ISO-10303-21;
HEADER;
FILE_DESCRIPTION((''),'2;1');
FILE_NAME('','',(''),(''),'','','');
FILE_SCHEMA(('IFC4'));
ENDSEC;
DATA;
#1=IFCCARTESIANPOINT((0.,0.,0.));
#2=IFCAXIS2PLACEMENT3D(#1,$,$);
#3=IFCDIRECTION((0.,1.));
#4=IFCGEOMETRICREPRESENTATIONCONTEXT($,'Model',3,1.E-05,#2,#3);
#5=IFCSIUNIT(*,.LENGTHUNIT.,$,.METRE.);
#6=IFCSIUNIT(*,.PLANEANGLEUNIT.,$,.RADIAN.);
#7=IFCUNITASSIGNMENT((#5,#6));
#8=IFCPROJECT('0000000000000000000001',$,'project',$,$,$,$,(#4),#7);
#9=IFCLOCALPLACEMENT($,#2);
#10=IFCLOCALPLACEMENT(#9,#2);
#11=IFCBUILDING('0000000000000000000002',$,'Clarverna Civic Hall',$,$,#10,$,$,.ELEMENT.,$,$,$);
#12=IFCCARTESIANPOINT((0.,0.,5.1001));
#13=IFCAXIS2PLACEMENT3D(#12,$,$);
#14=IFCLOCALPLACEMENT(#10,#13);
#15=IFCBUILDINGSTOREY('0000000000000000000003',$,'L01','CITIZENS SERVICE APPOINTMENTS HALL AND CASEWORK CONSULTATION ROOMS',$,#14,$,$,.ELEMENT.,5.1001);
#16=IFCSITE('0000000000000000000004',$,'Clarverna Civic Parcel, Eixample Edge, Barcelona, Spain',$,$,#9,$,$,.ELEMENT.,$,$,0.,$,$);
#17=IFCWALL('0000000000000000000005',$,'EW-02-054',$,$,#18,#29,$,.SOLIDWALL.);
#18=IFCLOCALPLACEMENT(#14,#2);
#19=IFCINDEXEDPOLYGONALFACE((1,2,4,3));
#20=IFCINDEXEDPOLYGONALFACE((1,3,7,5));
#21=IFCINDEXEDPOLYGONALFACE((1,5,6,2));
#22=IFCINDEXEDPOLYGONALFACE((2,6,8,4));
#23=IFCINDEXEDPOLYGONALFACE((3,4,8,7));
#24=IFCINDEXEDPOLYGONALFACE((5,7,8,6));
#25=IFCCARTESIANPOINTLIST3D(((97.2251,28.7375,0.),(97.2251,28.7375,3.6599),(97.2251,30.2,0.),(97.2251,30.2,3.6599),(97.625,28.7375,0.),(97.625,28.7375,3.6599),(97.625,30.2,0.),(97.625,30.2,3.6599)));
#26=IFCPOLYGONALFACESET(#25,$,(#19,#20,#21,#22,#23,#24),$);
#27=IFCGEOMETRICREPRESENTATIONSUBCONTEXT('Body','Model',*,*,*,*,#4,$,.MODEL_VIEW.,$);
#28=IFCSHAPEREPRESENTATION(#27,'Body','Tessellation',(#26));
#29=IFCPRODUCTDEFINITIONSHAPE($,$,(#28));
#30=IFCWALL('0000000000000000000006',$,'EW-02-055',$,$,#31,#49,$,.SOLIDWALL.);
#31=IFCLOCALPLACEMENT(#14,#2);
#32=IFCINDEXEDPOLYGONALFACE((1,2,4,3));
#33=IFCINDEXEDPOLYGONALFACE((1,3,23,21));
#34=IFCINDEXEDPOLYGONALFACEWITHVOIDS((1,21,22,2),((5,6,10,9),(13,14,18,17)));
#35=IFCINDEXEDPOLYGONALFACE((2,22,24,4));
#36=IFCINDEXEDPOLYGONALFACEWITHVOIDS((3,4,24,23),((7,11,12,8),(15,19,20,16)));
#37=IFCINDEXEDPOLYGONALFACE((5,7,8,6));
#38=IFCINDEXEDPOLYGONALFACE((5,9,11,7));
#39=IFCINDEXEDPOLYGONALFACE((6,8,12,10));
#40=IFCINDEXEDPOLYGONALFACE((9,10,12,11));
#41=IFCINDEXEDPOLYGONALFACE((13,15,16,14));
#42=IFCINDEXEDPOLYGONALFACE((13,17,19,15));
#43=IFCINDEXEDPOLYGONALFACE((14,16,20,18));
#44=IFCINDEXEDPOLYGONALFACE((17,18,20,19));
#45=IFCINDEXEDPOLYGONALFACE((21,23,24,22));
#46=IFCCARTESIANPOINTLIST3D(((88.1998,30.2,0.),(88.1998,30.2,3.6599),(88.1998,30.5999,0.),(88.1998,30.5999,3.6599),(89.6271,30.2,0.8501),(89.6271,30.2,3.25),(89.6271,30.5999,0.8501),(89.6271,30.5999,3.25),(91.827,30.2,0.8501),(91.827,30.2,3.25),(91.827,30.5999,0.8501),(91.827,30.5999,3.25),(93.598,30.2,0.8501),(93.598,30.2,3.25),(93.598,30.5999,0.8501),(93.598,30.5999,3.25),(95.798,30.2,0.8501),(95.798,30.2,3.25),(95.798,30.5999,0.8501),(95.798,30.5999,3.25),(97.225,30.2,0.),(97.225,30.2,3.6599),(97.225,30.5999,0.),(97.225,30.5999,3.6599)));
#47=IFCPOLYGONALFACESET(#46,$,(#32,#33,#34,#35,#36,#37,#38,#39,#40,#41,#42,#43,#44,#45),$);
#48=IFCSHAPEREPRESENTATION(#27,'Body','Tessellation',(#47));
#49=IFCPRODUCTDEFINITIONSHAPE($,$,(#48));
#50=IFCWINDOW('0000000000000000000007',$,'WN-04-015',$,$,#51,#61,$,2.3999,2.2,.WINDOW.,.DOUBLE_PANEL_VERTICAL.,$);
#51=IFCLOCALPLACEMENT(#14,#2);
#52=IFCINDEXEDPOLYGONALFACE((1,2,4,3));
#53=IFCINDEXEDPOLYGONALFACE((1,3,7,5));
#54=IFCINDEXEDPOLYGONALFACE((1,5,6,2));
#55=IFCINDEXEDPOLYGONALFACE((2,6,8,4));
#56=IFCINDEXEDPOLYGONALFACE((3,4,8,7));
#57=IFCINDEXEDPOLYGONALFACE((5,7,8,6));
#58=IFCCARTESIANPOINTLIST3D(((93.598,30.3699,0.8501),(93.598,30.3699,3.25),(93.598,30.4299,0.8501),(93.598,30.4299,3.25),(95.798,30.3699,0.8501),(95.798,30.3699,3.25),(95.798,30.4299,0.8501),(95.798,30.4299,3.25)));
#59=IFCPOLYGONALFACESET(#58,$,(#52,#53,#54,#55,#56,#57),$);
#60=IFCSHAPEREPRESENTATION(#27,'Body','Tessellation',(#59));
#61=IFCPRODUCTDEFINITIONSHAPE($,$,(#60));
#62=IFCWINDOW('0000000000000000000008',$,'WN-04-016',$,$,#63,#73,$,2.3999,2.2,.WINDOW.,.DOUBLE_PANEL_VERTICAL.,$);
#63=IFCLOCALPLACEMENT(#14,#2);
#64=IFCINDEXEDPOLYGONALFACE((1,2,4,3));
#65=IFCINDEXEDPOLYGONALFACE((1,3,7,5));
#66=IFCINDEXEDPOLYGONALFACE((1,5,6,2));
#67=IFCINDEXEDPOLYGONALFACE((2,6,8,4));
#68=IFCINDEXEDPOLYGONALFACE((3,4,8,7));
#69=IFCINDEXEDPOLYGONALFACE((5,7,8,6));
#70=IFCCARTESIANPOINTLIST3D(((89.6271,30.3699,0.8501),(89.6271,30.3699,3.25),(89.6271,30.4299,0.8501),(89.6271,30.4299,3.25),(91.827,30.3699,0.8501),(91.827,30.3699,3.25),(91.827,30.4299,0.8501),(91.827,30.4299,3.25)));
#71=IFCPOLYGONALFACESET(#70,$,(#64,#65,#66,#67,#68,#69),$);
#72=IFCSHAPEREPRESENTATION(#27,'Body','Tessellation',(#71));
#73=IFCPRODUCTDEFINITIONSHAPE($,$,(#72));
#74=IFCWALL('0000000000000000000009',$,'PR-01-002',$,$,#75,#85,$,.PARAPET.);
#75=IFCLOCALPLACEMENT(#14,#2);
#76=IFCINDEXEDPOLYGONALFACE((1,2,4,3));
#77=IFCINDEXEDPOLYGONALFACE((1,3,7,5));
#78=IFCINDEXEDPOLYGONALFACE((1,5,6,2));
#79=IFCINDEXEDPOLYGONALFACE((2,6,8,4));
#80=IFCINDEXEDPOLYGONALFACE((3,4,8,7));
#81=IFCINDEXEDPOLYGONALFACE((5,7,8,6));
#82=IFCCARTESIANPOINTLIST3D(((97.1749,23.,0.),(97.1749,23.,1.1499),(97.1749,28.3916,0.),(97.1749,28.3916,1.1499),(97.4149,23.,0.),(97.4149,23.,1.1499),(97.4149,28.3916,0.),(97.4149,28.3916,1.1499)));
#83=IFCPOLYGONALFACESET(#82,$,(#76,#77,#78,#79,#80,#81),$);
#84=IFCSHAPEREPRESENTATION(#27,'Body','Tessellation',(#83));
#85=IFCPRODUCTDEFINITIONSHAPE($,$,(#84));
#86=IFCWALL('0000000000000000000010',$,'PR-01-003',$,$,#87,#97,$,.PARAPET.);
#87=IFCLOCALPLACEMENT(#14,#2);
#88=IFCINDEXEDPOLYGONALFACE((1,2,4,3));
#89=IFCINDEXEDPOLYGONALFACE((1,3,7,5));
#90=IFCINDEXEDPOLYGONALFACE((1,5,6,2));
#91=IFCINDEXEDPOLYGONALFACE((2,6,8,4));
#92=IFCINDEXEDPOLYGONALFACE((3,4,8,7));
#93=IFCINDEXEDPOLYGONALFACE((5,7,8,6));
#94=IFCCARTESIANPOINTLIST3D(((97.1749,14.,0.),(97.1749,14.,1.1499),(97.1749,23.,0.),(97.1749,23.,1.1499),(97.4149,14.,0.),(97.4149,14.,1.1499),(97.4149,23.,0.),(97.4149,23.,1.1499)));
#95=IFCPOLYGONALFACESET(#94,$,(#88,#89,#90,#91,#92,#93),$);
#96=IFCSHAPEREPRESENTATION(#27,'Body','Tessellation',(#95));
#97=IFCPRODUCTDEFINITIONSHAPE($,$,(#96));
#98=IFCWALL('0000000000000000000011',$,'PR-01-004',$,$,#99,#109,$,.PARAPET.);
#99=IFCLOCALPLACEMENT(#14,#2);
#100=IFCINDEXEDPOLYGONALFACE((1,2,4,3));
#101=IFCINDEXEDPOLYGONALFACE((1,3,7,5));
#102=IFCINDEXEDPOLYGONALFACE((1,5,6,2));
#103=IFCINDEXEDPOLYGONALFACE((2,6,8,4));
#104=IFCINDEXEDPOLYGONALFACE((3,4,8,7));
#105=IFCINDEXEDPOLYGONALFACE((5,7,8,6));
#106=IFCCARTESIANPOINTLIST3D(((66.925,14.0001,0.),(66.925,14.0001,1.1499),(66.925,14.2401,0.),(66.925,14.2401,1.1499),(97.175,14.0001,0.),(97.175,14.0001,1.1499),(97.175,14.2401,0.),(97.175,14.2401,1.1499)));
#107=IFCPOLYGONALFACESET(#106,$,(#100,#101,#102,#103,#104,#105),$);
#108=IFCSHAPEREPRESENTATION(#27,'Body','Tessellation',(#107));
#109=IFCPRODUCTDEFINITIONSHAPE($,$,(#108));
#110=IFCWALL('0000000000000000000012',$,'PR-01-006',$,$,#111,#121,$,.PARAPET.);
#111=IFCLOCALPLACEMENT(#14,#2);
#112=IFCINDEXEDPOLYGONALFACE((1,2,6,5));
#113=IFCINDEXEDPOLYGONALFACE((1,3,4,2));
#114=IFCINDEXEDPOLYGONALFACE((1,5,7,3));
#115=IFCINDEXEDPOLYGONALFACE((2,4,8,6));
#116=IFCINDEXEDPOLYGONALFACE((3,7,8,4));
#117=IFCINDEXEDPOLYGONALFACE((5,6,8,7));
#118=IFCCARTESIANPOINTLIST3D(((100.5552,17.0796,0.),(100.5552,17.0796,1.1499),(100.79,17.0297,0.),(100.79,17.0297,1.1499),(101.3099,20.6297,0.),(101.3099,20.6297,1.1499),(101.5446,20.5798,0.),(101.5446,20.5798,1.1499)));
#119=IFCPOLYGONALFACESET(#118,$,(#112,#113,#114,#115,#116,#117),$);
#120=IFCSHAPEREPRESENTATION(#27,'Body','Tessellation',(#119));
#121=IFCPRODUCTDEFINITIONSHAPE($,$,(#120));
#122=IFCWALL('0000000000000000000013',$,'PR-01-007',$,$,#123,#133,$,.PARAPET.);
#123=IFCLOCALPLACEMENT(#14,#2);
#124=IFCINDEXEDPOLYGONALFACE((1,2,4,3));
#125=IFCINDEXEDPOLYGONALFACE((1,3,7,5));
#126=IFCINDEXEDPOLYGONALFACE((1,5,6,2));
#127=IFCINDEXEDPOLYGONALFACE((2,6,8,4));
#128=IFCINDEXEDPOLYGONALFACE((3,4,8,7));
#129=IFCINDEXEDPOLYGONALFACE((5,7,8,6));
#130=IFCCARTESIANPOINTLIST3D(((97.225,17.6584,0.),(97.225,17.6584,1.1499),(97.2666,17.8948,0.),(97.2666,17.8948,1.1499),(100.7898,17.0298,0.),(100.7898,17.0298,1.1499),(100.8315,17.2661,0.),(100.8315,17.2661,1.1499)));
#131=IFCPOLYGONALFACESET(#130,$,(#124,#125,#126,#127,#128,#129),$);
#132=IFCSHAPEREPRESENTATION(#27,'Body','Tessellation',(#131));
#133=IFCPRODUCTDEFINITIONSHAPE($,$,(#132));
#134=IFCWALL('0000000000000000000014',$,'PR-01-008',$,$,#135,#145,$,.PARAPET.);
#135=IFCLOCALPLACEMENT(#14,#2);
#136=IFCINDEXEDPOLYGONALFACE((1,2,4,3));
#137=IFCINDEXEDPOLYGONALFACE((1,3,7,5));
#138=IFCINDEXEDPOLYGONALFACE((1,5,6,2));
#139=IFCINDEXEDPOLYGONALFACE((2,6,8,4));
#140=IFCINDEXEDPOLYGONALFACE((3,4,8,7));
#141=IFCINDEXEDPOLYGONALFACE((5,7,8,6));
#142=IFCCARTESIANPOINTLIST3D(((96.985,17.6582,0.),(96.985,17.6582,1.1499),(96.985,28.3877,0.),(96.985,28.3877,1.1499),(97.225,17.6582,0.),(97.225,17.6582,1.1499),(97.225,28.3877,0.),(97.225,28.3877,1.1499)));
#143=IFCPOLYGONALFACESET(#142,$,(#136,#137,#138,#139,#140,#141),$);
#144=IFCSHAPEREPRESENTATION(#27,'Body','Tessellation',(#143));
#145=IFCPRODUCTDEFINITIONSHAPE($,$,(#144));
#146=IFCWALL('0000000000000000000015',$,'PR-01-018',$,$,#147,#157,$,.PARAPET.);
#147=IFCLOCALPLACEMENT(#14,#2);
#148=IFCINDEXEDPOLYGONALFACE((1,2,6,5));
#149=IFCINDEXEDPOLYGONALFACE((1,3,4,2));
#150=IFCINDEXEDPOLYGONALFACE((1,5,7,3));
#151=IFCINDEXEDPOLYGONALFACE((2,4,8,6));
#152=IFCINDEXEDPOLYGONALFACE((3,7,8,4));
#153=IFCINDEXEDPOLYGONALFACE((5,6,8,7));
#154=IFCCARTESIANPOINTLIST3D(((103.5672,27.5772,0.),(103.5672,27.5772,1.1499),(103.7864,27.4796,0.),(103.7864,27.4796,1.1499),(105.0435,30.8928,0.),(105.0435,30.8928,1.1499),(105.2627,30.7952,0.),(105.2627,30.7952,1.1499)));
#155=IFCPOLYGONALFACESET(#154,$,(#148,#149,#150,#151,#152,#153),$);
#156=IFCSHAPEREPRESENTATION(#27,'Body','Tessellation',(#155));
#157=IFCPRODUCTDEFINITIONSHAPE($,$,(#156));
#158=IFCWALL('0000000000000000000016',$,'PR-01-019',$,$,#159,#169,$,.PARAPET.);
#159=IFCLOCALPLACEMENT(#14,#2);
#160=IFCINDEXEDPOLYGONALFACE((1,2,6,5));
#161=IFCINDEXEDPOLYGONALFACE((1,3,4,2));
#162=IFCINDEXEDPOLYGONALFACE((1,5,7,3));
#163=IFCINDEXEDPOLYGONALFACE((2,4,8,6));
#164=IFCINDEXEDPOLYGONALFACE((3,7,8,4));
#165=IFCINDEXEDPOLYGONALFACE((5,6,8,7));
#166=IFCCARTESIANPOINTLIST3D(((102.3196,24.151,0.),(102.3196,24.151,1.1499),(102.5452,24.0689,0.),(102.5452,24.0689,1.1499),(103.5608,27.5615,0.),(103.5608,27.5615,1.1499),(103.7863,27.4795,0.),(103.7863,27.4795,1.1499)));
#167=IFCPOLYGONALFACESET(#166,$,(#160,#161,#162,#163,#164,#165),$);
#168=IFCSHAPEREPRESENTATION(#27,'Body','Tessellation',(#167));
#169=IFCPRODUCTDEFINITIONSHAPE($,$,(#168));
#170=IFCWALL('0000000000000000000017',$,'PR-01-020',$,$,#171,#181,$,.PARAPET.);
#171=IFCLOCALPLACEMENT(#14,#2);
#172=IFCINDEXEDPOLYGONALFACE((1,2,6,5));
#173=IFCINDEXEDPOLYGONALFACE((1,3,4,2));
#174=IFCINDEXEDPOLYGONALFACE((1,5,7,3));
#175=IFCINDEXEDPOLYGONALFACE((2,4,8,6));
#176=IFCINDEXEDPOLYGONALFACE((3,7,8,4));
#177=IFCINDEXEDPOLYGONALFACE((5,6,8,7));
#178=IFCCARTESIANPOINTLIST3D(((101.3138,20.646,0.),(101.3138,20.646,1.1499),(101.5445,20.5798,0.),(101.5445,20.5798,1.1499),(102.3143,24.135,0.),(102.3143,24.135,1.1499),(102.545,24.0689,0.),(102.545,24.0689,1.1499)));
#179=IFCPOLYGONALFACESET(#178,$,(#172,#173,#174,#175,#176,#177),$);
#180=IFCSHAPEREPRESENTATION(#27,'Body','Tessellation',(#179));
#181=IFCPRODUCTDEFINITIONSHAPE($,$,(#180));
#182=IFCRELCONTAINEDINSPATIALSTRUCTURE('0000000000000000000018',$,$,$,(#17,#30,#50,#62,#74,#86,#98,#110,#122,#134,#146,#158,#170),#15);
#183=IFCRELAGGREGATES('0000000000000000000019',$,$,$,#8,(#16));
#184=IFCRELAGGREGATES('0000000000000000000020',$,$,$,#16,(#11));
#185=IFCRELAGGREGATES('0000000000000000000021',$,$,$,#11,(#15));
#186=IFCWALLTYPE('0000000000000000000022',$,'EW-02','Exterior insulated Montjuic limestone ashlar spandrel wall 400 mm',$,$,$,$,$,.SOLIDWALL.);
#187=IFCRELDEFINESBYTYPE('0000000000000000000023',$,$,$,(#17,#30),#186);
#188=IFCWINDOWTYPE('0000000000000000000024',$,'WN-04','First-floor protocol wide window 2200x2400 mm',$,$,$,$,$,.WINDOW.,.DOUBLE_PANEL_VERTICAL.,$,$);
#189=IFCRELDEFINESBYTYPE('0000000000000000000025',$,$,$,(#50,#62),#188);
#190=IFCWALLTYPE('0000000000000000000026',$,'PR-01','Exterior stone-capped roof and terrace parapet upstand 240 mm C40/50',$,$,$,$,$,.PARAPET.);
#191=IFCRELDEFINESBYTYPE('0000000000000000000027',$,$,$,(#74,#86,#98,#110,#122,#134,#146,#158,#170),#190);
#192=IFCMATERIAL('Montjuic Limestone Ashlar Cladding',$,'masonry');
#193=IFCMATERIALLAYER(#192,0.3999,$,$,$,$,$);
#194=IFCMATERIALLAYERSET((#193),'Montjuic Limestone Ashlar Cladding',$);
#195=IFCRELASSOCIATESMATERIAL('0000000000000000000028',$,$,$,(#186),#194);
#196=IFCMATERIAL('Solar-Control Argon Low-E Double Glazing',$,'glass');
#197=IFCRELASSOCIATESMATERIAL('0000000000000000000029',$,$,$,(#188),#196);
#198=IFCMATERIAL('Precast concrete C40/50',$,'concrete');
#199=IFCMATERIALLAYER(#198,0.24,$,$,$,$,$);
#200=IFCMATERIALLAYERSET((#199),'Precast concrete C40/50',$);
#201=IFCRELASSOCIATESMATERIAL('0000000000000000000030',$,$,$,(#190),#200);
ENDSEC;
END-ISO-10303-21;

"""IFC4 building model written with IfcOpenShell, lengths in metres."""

from ifc_helpers import new_model, si_unit, direction, frame, frame_2d, origin, place, context, subcontext, project, spatial, rectangle, extrude, material, layer, layer_set, type_object, element, fill, save


model = new_model("IFC4")

# Units and contexts
model_context = context("Model", 3, precision=1e-05, world=origin(), true_north=direction((0.0, 1.0)))
body_context = subcontext(model_context, "Body", "Model", "MODEL_VIEW")
ifc_project = project(units=[si_unit("LENGTHUNIT", "METRE"), si_unit("PLANEANGLEUNIT", "RADIAN")], contexts=[model_context])

# Site, building, storey
site_placement = place(None, origin())
site = spatial("IfcSite", under=ifc_project, at=site_placement, Name="Clarverna Civic Parcel, Eixample Edge, Barcelona, Spain", CompositionType="ELEMENT", RefElevation=0.0)
building_placement = place(site_placement, origin())
building = spatial("IfcBuilding", under=site, at=building_placement, Name="Clarverna Civic Hall", CompositionType="ELEMENT")
storey_placement = place(building_placement, frame((0.0, 0.0, 5.1001)))
storey = spatial("IfcBuildingStorey", under=building, at=storey_placement, Name="L01", Description="CITIZENS SERVICE APPOINTMENTS HALL AND CASEWORK CONSULTATION ROOMS", CompositionType="ELEMENT", Elevation=5.1001)

# Shared definitions
ifc_material_1 = material(Name="Solar-Control Argon Low-E Double Glazing", Category="glass")

# Wall
ifc_material_2 = material(Name="Montjuic Limestone Ashlar Cladding", Category="masonry")
ifc_layer_1 = layer(ifc_material_2, 0.3999)
ifc_layer_set_1 = layer_set([ifc_layer_1], Name="Montjuic Limestone Ashlar Cladding")
wall_type_1 = type_object("IfcWallType", Name="EW-02", Description="Exterior insulated Montjuic limestone ashlar spandrel wall 400 mm", PredefinedType="SOLIDWALL", material=ifc_layer_set_1)
wall_1_placement = place(storey_placement, frame((97.425, 28.7375, 0.0), z_axis=(0.0, 0.0, 1.0), x_axis=(0.0, 1.0, 0.0)))
element("IfcWall", 1, at=wall_1_placement, inside=storey, type_object=wall_type_1, Name="EW-02-054", PredefinedType="SOLIDWALL", context=body_context, shape_type="SweptSolid", body=[
    extrude(rectangle(XDim=1.4624, YDim=0.3999, at=frame_2d((0.7312, 0.0))), origin(), (0.0, 0.0, 1.0), 3.6599),
])

# Wall, openings, windows
wall_2_placement = place(storey_placement, frame((97.2251, 30.3999, 0.0), z_axis=(0.0, 0.0, 1.0), x_axis=(-1.0, 0.0, 0.0)))
wall_2 = element("IfcWall", 2, at=wall_2_placement, inside=storey, type_object=wall_type_1, Name="EW-02-055", PredefinedType="SOLIDWALL", context=body_context, shape_type="SweptSolid", body=[
    extrude(rectangle(XDim=9.0251, YDim=0.3999, at=frame_2d((4.5127, 0.0))), origin(), (0.0, 0.0, 1.0), 3.6599),
])
opening_1_placement = place(wall_2_placement, frame((1.427, 0.0, 0.8501)))
opening_1 = element("IfcOpeningElement", 3, at=opening_1_placement, cuts=wall_2, PredefinedType="OPENING", context=body_context, shape_type="SweptSolid", body=[
    extrude(rectangle(XDim=2.2, YDim=2.3999, at=frame_2d((1.1001, 1.2))), frame((0.0, 0.21, 0.0), z_axis=(0.0, -1.0, 0.0), x_axis=(1.0, 0.0, 0.0)), (0.0, 0.0, 1.0), 0.4199),
])
opening_2_placement = place(wall_2_placement, frame((5.3979, 0.0, 0.8501)))
opening_2 = element("IfcOpeningElement", 4, at=opening_2_placement, cuts=wall_2, PredefinedType="OPENING", context=body_context, shape_type="SweptSolid", body=[
    extrude(rectangle(XDim=2.2, YDim=2.3999, at=frame_2d((1.1001, 1.2))), frame((0.0, 0.21, 0.0), z_axis=(0.0, -1.0, 0.0), x_axis=(1.0, 0.0, 0.0)), (0.0, 0.0, 1.0), 0.4199),
])
window_type = type_object("IfcWindowType", Name="WN-04", Description="First-floor protocol wide window 2200x2400 mm", PartitioningType="DOUBLE_PANEL_VERTICAL", PredefinedType="WINDOW", material=ifc_material_1)
window_1_placement = place(opening_1_placement, origin())
window_1 = element("IfcWindow", 5, at=window_1_placement, inside=storey, type_object=window_type, Name="WN-04-015", OverallHeight=2.3999, OverallWidth=2.2, PartitioningType="DOUBLE_PANEL_VERTICAL", PredefinedType="WINDOW", context=body_context, shape_type="SweptSolid", body=[
    extrude(rectangle(XDim=2.2, YDim=2.3999, at=frame_2d((1.1001, 1.2))), frame((0.0, 0.03, 0.0), z_axis=(0.0, -1.0, 0.0), x_axis=(1.0, 0.0, 0.0)), (0.0, 0.0, 1.0), 0.0601),
])
fill(opening_1, window_1)
window_2_placement = place(opening_2_placement, origin())
window_2 = element("IfcWindow", 6, at=window_2_placement, inside=storey, type_object=window_type, Name="WN-04-016", OverallHeight=2.3999, OverallWidth=2.2, PartitioningType="DOUBLE_PANEL_VERTICAL", PredefinedType="WINDOW", context=body_context, shape_type="SweptSolid", body=[
    extrude(rectangle(XDim=2.2, YDim=2.3999, at=frame_2d((1.1001, 1.2))), frame((0.0, 0.03, 0.0), z_axis=(0.0, -1.0, 0.0), x_axis=(1.0, 0.0, 0.0)), (0.0, 0.0, 1.0), 0.0601),
])
fill(opening_2, window_2)

# Walls
ifc_material_3 = material(Name="Precast concrete C40/50", Category="concrete")
ifc_layer_2 = layer(ifc_material_3, 0.24)
ifc_layer_set_2 = layer_set([ifc_layer_2], Name="Precast concrete C40/50")
wall_type_2 = type_object("IfcWallType", Name="PR-01", Description="Exterior stone-capped roof and terrace parapet upstand 240 mm C40/50", PredefinedType="PARAPET", material=ifc_layer_set_2)
wall_3_placement = place(storey_placement, frame((97.2949, 28.3916, 0.0), z_axis=(0.0, 0.0, 1.0), x_axis=(0.0, -1.0, 0.0)))
element("IfcWall", 7, at=wall_3_placement, inside=storey, type_object=wall_type_2, Name="PR-01-002", PredefinedType="PARAPET", context=body_context, shape_type="SweptSolid", body=[
    extrude(rectangle(XDim=5.3916, YDim=0.24, at=frame_2d((2.6958, 0.0))), origin(), (0.0, 0.0, 1.0), 1.1499),
])
wall_4_placement = place(storey_placement, frame((97.2949, 23.0, 0.0), z_axis=(0.0, 0.0, 1.0), x_axis=(0.0, -1.0, 0.0)))
element("IfcWall", 8, at=wall_4_placement, inside=storey, type_object=wall_type_2, Name="PR-01-003", PredefinedType="PARAPET", context=body_context, shape_type="SweptSolid", body=[
    extrude(rectangle(XDim=9.0, YDim=0.24, at=frame_2d((4.5, 0.0))), origin(), (0.0, 0.0, 1.0), 1.1499),
])
wall_5_placement = place(storey_placement, frame((97.175, 14.1201, 0.0), z_axis=(0.0, 0.0, 1.0), x_axis=(-1.0, 0.0, 0.0)))
element("IfcWall", 9, at=wall_5_placement, inside=storey, type_object=wall_type_2, Name="PR-01-004", PredefinedType="PARAPET", context=body_context, shape_type="SweptSolid", body=[
    extrude(rectangle(XDim=30.25, YDim=0.24, at=frame_2d((15.125, 0.0))), origin(), (0.0, 0.0, 1.0), 1.1499),
])
wall_6_placement = place(storey_placement, frame((101.4272, 20.6047, 0.0), z_axis=(0.0, 0.0, 1.0), x_axis=(-0.207926, -0.978145, 0.0)))
element("IfcWall", 10, at=wall_6_placement, inside=storey, type_object=wall_type_2, Name="PR-01-006", PredefinedType="PARAPET", context=body_context, shape_type="SweptSolid", body=[
    extrude(rectangle(XDim=3.6294, YDim=0.24, at=frame_2d((1.8147, 0.0))), origin(), (0.0, 0.0, 1.0), 1.1499),
])
wall_7_placement = place(storey_placement, frame((100.8108, 17.1479, 0.0), z_axis=(0.0, 0.0, 1.0), x_axis=(-0.984805, 0.173666, 0.0)))
element("IfcWall", 11, at=wall_7_placement, inside=storey, type_object=wall_type_2, Name="PR-01-007", PredefinedType="PARAPET", context=body_context, shape_type="SweptSolid", body=[
    extrude(rectangle(XDim=3.6199, YDim=0.24, at=frame_2d((1.8101, 0.0))), origin(), (0.0, 0.0, 1.0), 1.1499),
])
wall_8_placement = place(storey_placement, frame((97.105, 17.6582, 0.0), z_axis=(0.0, 0.0, 1.0), x_axis=(0.0, 1.0, 0.0)))
element("IfcWall", 12, at=wall_8_placement, inside=storey, type_object=wall_type_2, Name="PR-01-008", PredefinedType="PARAPET", context=body_context, shape_type="SweptSolid", body=[
    extrude(rectangle(XDim=10.7295, YDim=0.24, at=frame_2d((5.3647, 0.0))), origin(), (0.0, 0.0, 1.0), 1.1499),
])
for number, where, z_axis, x_axis, name in (
    (13, (105.1531, 30.844, 0.0), (0.0, 0.0, 1.0), (-0.406756, -0.913537, 0.0), "PR-01-018"),
    (14, (103.6736, 27.5205, 0.0), (0.0, 0.0, 1.0), (-0.341981, -0.939707, 0.0), "PR-01-019"),
):
    element("IfcWall", number, at=place(storey_placement, frame(where, z_axis=z_axis, x_axis=x_axis)), inside=storey, type_object=wall_type_2, Name=name, PredefinedType="PARAPET", context=body_context, shape_type="SweptSolid", body=[
        extrude(rectangle(XDim=3.6294, YDim=0.24, at=frame_2d((1.8147, 0.0))), origin(), (0.0, 0.0, 1.0), 1.1499),
    ])
wall_9_placement = place(storey_placement, frame((102.4297, 24.1021, 0.0), z_axis=(0.0, 0.0, 1.0), x_axis=(-0.275645, -0.96126, 0.0)))
element("IfcWall", 15, at=wall_9_placement, inside=storey, type_object=wall_type_2, Name="PR-01-020", PredefinedType="PARAPET", context=body_context, shape_type="SweptSolid", body=[
    extrude(rectangle(XDim=3.6296, YDim=0.24, at=frame_2d((1.8149, 0.0))), origin(), (0.0, 0.0, 1.0), 1.1499),
])

save(model, "model.ifc")
